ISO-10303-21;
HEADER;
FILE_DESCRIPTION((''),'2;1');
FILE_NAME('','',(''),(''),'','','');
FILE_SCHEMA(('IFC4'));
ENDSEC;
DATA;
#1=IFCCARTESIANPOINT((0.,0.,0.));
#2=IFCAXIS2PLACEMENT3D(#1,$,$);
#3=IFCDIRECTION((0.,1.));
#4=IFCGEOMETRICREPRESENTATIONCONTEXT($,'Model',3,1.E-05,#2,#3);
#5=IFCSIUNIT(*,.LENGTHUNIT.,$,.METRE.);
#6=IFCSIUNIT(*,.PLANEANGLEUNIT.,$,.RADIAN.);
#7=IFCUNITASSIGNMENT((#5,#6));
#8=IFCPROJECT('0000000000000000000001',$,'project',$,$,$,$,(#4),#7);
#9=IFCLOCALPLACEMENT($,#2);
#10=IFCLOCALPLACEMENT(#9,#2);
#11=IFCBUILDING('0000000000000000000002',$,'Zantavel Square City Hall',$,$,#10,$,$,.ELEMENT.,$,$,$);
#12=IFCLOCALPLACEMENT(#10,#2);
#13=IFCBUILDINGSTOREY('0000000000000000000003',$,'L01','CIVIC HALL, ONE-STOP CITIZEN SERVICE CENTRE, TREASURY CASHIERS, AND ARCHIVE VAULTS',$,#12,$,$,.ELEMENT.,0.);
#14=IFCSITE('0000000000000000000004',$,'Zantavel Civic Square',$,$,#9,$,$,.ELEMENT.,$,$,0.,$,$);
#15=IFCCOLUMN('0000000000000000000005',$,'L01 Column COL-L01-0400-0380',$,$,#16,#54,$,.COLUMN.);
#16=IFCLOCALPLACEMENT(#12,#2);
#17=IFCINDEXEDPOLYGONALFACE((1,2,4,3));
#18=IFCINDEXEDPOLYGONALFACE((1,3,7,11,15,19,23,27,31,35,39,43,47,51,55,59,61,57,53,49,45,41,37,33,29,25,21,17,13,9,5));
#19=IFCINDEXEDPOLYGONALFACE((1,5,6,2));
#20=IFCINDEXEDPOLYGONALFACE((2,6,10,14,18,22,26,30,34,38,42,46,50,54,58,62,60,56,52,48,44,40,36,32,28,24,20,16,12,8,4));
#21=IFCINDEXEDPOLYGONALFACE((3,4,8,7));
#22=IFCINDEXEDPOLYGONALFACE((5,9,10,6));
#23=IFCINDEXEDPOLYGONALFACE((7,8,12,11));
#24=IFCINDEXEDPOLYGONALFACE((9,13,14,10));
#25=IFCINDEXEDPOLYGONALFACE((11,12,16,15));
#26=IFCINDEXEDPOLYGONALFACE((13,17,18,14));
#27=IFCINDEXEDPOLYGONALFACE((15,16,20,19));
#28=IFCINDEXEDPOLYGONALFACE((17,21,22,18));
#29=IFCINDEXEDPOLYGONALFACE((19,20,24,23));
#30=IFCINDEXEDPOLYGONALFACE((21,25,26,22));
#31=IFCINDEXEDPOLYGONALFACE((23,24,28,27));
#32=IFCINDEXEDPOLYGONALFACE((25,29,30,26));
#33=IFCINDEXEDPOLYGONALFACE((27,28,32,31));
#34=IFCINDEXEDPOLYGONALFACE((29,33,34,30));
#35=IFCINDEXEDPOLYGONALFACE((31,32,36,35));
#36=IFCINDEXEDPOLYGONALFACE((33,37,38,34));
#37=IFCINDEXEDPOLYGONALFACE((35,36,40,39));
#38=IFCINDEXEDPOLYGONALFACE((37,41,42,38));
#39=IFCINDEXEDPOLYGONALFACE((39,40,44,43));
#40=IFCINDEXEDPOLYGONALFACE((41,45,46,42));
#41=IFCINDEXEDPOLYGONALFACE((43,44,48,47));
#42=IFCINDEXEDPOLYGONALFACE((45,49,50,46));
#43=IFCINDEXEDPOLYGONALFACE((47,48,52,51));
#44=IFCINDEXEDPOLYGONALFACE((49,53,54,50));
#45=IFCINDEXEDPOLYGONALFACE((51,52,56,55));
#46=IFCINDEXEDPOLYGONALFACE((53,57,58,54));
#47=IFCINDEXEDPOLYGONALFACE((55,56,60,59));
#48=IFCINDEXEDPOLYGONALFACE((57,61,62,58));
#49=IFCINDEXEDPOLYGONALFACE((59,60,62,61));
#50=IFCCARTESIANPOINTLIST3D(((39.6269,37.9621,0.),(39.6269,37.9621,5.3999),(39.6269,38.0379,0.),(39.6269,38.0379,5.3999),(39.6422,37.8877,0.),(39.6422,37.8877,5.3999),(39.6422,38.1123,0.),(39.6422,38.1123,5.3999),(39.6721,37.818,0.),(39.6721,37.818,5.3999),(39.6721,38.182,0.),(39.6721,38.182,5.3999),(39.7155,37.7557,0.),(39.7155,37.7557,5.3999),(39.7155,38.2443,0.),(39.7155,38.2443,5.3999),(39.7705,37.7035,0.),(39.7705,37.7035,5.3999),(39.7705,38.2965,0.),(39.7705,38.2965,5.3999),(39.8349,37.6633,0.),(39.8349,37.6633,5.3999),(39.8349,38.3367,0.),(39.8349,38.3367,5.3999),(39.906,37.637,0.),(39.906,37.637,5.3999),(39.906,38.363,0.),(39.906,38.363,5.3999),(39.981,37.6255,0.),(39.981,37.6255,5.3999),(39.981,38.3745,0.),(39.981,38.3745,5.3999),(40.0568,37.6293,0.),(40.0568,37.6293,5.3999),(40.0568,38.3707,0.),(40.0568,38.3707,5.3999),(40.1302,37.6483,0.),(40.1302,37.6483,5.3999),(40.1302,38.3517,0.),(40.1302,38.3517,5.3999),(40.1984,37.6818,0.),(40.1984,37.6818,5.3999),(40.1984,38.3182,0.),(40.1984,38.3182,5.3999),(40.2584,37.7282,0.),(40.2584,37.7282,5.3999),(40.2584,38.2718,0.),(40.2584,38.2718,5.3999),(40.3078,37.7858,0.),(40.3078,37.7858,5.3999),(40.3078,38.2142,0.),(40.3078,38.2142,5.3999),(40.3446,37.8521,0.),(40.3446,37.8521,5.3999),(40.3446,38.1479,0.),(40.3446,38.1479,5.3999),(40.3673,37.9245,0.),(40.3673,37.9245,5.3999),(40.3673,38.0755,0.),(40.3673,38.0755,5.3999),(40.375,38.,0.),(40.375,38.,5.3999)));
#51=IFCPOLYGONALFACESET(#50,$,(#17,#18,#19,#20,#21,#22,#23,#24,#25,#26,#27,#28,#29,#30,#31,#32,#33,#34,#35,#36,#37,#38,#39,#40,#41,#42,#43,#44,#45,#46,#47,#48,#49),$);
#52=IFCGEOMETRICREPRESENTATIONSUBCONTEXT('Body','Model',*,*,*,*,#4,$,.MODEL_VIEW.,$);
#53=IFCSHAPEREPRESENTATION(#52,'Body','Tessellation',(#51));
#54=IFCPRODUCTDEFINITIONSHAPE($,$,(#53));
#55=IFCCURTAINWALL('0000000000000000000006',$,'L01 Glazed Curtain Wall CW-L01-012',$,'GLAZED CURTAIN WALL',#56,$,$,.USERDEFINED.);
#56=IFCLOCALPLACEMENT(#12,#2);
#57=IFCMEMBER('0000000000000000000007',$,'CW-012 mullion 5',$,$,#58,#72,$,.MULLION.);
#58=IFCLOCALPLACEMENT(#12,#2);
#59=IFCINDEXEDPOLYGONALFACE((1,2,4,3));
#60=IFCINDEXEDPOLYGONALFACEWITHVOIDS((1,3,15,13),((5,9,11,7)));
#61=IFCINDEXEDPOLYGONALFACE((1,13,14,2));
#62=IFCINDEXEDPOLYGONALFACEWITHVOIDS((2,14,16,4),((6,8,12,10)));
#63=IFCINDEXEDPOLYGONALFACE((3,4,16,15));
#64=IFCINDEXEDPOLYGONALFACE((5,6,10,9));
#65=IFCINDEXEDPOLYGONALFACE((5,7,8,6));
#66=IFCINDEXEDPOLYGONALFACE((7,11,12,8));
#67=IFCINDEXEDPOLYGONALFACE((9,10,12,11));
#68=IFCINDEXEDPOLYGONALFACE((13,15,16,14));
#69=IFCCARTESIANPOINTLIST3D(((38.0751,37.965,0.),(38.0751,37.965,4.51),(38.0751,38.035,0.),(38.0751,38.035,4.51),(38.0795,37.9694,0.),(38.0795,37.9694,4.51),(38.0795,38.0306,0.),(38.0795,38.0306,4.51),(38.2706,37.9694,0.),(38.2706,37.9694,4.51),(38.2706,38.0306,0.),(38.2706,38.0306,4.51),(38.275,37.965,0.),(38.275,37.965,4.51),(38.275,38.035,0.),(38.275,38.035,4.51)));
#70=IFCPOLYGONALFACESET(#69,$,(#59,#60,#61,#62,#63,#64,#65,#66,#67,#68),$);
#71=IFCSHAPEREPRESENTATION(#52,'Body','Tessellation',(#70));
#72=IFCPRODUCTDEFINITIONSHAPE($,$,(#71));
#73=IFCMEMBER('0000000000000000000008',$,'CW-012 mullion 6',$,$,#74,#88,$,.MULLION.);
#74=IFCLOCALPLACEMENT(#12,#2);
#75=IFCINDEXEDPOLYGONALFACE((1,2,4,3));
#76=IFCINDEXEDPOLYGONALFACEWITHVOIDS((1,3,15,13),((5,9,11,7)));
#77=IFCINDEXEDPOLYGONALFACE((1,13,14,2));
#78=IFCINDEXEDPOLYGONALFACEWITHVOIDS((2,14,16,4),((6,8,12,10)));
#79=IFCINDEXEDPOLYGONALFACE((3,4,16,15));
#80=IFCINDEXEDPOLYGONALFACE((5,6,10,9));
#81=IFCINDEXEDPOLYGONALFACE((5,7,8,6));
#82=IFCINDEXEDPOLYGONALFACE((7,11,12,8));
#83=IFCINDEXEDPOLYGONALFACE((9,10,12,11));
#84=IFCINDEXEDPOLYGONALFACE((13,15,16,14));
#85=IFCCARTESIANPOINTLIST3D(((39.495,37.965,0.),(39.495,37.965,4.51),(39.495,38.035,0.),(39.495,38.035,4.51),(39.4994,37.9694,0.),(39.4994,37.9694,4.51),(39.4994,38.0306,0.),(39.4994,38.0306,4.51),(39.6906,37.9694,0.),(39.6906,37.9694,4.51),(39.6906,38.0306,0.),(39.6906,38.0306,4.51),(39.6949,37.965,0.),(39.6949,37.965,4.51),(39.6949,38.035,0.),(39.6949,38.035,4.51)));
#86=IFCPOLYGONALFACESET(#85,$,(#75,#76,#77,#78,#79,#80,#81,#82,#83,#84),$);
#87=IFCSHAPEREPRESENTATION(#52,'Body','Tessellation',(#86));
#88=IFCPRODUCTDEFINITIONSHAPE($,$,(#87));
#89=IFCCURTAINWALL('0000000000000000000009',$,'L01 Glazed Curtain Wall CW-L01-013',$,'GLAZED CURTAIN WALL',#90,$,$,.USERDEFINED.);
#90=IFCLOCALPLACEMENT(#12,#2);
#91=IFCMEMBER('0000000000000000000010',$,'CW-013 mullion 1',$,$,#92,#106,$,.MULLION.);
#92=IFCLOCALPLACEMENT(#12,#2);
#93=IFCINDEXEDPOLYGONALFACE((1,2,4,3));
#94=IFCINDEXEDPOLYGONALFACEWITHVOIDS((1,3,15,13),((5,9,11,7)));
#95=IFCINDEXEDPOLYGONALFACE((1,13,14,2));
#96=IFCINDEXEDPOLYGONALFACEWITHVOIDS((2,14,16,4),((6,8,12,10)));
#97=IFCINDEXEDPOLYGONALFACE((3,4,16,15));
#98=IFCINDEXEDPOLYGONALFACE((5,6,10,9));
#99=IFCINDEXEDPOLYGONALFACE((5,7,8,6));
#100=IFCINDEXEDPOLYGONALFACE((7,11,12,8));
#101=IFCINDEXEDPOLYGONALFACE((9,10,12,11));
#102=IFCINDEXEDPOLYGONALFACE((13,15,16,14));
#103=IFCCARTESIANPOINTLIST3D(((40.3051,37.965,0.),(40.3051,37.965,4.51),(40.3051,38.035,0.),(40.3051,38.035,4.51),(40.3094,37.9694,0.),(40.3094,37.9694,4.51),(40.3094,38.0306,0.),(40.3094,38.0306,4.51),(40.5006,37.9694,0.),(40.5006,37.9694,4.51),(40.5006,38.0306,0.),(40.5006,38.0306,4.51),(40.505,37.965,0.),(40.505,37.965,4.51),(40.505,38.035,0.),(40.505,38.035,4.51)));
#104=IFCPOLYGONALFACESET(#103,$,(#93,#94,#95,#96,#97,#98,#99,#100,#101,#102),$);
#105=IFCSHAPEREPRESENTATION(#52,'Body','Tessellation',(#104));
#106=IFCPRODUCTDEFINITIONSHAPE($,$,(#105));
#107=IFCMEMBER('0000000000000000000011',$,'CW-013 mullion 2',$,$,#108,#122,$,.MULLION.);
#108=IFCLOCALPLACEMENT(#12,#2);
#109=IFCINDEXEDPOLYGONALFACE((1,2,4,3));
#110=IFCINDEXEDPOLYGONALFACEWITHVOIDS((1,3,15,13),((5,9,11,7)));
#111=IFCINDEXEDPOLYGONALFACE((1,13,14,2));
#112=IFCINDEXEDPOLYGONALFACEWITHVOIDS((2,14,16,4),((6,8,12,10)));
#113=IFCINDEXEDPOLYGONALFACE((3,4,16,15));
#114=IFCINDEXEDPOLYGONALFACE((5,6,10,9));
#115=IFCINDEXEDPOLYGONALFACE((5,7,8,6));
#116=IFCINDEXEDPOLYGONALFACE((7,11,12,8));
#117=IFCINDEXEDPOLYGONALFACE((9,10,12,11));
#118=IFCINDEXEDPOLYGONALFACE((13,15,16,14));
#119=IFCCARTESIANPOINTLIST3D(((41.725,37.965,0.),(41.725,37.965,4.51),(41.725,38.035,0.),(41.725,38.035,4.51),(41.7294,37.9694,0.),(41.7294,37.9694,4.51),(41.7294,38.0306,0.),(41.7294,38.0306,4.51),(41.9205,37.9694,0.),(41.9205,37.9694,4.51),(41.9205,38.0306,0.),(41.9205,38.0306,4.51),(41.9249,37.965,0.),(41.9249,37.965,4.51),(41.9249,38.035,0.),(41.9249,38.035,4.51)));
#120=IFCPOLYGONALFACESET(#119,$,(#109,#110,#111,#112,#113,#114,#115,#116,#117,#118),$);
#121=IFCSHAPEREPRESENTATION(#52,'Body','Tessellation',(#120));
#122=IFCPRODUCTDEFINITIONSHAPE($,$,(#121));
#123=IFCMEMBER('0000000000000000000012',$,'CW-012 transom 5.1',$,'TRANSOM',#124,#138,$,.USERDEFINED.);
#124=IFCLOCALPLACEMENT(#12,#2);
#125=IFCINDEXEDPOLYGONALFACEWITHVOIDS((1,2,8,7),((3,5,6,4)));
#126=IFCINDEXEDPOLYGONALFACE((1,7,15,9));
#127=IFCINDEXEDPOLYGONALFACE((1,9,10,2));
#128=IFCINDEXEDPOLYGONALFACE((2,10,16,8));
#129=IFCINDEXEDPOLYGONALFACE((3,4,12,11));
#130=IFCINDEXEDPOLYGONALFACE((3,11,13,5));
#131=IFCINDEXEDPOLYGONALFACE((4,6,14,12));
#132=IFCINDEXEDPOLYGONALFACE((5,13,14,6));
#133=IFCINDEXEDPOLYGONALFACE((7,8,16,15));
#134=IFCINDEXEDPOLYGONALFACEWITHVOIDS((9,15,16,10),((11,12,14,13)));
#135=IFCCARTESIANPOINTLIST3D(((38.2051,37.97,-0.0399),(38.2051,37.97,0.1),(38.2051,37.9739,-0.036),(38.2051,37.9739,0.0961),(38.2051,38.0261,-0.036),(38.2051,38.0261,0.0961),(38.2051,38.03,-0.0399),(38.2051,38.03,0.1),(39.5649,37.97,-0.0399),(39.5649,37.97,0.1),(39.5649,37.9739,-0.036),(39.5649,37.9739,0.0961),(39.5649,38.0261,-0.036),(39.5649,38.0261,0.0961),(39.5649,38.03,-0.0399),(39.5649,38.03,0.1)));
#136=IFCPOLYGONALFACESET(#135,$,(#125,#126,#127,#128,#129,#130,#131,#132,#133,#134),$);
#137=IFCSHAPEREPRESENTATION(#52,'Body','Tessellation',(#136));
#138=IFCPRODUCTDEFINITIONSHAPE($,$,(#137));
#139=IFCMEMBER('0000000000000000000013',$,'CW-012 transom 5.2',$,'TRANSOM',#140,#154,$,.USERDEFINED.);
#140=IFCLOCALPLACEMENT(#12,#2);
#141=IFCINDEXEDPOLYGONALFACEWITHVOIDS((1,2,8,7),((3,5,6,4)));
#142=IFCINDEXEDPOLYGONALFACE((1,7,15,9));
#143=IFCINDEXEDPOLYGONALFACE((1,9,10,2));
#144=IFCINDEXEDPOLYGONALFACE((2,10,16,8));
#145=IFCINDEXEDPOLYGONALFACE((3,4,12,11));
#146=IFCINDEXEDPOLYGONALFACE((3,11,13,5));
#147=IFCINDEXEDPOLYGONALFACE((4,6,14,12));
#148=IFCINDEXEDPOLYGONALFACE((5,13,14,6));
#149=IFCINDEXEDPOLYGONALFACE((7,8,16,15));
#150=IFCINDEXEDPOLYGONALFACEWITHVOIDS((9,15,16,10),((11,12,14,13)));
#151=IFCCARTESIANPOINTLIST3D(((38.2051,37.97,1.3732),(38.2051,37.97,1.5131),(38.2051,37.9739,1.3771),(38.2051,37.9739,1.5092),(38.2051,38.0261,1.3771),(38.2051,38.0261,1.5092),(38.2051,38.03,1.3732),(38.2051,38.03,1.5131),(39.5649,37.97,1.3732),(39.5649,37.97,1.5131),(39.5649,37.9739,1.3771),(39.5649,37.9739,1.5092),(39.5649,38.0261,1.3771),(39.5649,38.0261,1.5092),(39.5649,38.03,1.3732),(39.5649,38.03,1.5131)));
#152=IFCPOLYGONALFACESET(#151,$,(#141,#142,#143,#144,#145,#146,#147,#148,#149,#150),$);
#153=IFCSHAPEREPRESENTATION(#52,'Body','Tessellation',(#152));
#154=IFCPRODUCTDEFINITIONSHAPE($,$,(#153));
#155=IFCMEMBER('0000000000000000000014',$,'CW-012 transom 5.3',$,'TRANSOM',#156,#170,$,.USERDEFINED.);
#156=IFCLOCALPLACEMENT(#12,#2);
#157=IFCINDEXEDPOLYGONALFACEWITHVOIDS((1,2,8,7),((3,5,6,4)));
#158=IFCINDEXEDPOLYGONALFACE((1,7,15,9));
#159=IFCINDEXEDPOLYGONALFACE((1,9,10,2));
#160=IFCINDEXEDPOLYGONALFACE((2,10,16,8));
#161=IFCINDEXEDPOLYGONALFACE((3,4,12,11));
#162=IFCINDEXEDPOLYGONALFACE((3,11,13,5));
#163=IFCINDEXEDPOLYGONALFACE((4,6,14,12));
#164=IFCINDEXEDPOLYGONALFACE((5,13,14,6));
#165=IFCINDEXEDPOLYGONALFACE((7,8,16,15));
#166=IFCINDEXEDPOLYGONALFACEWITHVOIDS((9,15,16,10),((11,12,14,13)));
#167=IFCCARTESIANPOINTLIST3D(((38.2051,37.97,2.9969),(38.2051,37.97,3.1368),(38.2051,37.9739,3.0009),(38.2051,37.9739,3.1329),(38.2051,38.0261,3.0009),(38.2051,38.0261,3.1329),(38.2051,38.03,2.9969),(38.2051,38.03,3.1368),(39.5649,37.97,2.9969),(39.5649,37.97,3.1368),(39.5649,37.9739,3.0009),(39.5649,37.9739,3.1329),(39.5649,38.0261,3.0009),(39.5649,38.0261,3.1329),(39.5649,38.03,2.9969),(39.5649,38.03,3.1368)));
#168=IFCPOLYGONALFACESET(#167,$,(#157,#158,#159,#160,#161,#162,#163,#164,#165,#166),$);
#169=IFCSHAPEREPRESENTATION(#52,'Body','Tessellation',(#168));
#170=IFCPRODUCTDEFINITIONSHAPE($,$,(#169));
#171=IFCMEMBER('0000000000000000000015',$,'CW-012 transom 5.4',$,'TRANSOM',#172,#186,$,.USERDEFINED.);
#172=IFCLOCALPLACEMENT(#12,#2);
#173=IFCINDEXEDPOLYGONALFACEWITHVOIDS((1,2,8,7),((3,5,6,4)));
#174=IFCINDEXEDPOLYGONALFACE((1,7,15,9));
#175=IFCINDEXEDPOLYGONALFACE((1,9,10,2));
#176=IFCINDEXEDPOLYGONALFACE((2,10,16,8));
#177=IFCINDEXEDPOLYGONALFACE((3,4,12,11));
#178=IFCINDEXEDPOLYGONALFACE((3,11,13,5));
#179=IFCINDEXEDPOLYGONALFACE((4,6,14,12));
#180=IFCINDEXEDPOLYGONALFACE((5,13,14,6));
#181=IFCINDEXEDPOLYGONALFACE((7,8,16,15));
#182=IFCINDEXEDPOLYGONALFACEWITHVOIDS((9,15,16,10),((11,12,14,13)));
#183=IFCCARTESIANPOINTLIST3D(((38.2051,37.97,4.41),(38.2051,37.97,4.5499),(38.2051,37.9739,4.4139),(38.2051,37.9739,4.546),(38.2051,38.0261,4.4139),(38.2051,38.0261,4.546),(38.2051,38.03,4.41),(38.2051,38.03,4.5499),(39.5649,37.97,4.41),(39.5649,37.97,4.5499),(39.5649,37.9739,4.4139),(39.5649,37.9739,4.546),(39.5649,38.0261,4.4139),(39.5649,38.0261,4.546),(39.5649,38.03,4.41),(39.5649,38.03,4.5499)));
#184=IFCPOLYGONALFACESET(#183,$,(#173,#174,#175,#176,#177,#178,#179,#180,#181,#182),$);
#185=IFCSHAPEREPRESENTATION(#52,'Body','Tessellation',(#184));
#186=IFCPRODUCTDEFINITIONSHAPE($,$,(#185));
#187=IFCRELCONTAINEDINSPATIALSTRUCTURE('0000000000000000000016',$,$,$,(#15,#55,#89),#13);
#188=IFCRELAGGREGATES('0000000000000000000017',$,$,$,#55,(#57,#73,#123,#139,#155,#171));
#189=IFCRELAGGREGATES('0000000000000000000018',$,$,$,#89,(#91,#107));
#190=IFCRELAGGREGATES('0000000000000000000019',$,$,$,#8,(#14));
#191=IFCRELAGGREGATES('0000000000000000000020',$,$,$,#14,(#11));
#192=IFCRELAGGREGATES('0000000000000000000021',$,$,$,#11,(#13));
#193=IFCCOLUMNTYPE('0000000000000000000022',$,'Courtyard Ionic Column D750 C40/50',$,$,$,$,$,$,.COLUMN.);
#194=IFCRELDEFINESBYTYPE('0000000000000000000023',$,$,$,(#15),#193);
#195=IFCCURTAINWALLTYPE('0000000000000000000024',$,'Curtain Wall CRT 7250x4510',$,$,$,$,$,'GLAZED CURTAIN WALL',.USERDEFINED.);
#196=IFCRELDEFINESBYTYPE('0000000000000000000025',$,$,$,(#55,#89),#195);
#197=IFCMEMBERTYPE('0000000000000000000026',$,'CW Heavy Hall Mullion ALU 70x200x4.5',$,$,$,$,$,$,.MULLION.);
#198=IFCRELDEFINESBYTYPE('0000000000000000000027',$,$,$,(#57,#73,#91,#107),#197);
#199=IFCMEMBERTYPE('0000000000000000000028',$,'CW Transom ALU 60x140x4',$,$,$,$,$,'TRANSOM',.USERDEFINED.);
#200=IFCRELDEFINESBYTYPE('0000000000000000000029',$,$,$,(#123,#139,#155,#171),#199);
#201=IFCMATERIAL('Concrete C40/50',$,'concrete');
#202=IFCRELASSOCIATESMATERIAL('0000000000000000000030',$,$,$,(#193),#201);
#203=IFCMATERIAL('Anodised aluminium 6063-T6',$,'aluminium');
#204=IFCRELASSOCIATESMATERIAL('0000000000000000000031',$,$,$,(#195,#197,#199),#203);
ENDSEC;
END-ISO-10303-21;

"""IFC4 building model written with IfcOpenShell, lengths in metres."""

from ifc_helpers import new_model, si_unit, direction, frame, origin, origin_2d, place, context, subcontext, project, spatial, hollow_rectangle, circle, extrude, material, material_profile, profile_set, type_object, element, aggregate, save


model = new_model("IFC4")

# Units and contexts
model_context = context("Model", 3, precision=1e-05, world=origin(), true_north=direction((0.0, 1.0)))
body_context = subcontext(model_context, "Body", "Model", "MODEL_VIEW")
ifc_project = project(units=[si_unit("LENGTHUNIT", "METRE"), si_unit("PLANEANGLEUNIT", "RADIAN")], contexts=[model_context])

# Site, building, storey
site_placement = place(None, origin())
site = spatial("IfcSite", under=ifc_project, at=site_placement, Name="Zantavel Civic Square", CompositionType="ELEMENT", RefElevation=0.0)
building_placement = place(site_placement, origin())
building = spatial("IfcBuilding", under=site, at=building_placement, Name="Zantavel Square City Hall", CompositionType="ELEMENT")
storey_placement = place(building_placement, origin())
storey = spatial("IfcBuildingStorey", under=building, at=storey_placement, Name="L01", Description="CIVIC HALL, ONE-STOP CITIZEN SERVICE CENTRE, TREASURY CASHIERS, AND ARCHIVE VAULTS", CompositionType="ELEMENT", Elevation=0.0)

# Column
ifc_material_1 = material(Name="Concrete C40/50", Category="concrete")
ifc_material_profile_1 = material_profile(ifc_material_1, circle(Radius=0.375, at=origin_2d()), Name="ROUND D750")
ifc_profile_set_1 = profile_set([ifc_material_profile_1], Name="Concrete C40/50")
column_type = type_object("IfcColumnType", Name="Courtyard Ionic Column D750 C40/50", PredefinedType="COLUMN", material=ifc_profile_set_1)
column_placement = place(storey_placement, frame((40.0, 38.0, 0.0), z_axis=(0.0, 0.0, 1.0), x_axis=(1.0, 0.0, 0.0)))
element("IfcColumn", 1, at=column_placement, inside=storey, type_object=column_type, Name="L01 Column COL-L01-0400-0380", PredefinedType="COLUMN", context=body_context, shape_type="SweptSolid", body=[
    extrude(circle(Radius=0.375, at=origin_2d()), origin(), (0.0, 0.0, 1.0), 5.3999),
])

# Curtain walls, members
ifc_material_2 = material(Name="Anodised aluminium 6063-T6", Category="aluminium")
curtain_wall_type = type_object("IfcCurtainWallType", Name="Curtain Wall CRT 7250x4510", ElementType="GLAZED CURTAIN WALL", PredefinedType="USERDEFINED", material=ifc_material_2)
curtain_wall_1_placement = place(storey_placement, origin())
curtain_wall_1 = element("IfcCurtainWall", 2, at=curtain_wall_1_placement, inside=storey, type_object=curtain_wall_type, Name="L01 Glazed Curtain Wall CW-L01-012", ObjectType="GLAZED CURTAIN WALL", PredefinedType="USERDEFINED")
ifc_material_profile_2 = material_profile(ifc_material_2, hollow_rectangle(XDim=0.0701, YDim=0.2, WallThickness=0.0044, at=origin_2d()), Name="ALU 70x200x4.5")
ifc_profile_set_2 = profile_set([ifc_material_profile_2], Name="Anodised aluminium 6063-T6")
member_type_1 = type_object("IfcMemberType", Name="CW Heavy Hall Mullion ALU 70x200x4.5", PredefinedType="MULLION", material=ifc_profile_set_2)
member_1_placement = place(storey_placement, frame((38.175, 38.0, 0.0), z_axis=(0.0, 0.0, 1.0), x_axis=(0.0, 1.0, 0.0)))
member_1 = element("IfcMember", 3, at=member_1_placement, type_object=member_type_1, Name="CW-012 mullion 5", PredefinedType="MULLION", context=body_context, shape_type="SweptSolid", body=[
    extrude(hollow_rectangle(XDim=0.0701, YDim=0.2, WallThickness=0.0044, at=origin_2d()), origin(), (0.0, 0.0, 1.0), 4.51),
])
member_2_placement = place(storey_placement, frame((39.595, 38.0, 0.0), z_axis=(0.0, 0.0, 1.0), x_axis=(0.0, 1.0, 0.0)))
member_2 = element("IfcMember", 4, at=member_2_placement, type_object=member_type_1, Name="CW-012 mullion 6", PredefinedType="MULLION", context=body_context, shape_type="SweptSolid", body=[
    extrude(hollow_rectangle(XDim=0.0701, YDim=0.2, WallThickness=0.0044, at=origin_2d()), origin(), (0.0, 0.0, 1.0), 4.51),
])
curtain_wall_2_placement = place(storey_placement, origin())
curtain_wall_2 = element("IfcCurtainWall", 5, at=curtain_wall_2_placement, inside=storey, type_object=curtain_wall_type, Name="L01 Glazed Curtain Wall CW-L01-013", ObjectType="GLAZED CURTAIN WALL", PredefinedType="USERDEFINED")
member_3_placement = place(storey_placement, frame((40.405, 38.0, 0.0), z_axis=(0.0, 0.0, 1.0), x_axis=(0.0, 1.0, 0.0)))
member_3 = element("IfcMember", 6, at=member_3_placement, type_object=member_type_1, Name="CW-013 mullion 1", PredefinedType="MULLION", context=body_context, shape_type="SweptSolid", body=[
    extrude(hollow_rectangle(XDim=0.0701, YDim=0.2, WallThickness=0.0044, at=origin_2d()), origin(), (0.0, 0.0, 1.0), 4.51),
])
member_4_placement = place(storey_placement, frame((41.825, 38.0, 0.0), z_axis=(0.0, 0.0, 1.0), x_axis=(0.0, 1.0, 0.0)))
member_4 = element("IfcMember", 7, at=member_4_placement, type_object=member_type_1, Name="CW-013 mullion 2", PredefinedType="MULLION", context=body_context, shape_type="SweptSolid", body=[
    extrude(hollow_rectangle(XDim=0.0701, YDim=0.2, WallThickness=0.0044, at=origin_2d()), origin(), (0.0, 0.0, 1.0), 4.51),
])

# Members
ifc_material_profile_3 = material_profile(ifc_material_2, hollow_rectangle(XDim=0.0601, YDim=0.1399, WallThickness=0.0039, at=origin_2d()), Name="ALU 60x140x4")
ifc_profile_set_3 = profile_set([ifc_material_profile_3], Name="Anodised aluminium 6063-T6")
member_type_2 = type_object("IfcMemberType", Name="CW Transom ALU 60x140x4", ElementType="TRANSOM", PredefinedType="USERDEFINED", material=ifc_profile_set_3)
member_5_placement = place(storey_placement, frame((38.2051, 38.0, 0.03), z_axis=(1.0, 0.0, 0.0), x_axis=(0.0, 1.0, 0.0)))
member_5 = element("IfcMember", 8, at=member_5_placement, type_object=member_type_2, Name="CW-012 transom 5.1", ObjectType="TRANSOM", PredefinedType="USERDEFINED", context=body_context, shape_type="SweptSolid", body=[
    extrude(hollow_rectangle(XDim=0.0601, YDim=0.1399, WallThickness=0.0039, at=origin_2d()), origin(), (0.0, 0.0, 1.0), 1.3599),
])
member_6_placement = place(storey_placement, frame((38.2051, 38.0, 1.4431), z_axis=(1.0, 0.0, 0.0), x_axis=(0.0, 1.0, 0.0)))
member_6 = element("IfcMember", 9, at=member_6_placement, type_object=member_type_2, Name="CW-012 transom 5.2", ObjectType="TRANSOM", PredefinedType="USERDEFINED", context=body_context, shape_type="SweptSolid", body=[
    extrude(hollow_rectangle(XDim=0.0601, YDim=0.1399, WallThickness=0.0039, at=origin_2d()), origin(), (0.0, 0.0, 1.0), 1.3599),
])
member_7_placement = place(storey_placement, frame((38.2051, 38.0, 3.0669), z_axis=(1.0, 0.0, 0.0), x_axis=(0.0, 1.0, 0.0)))
member_7 = element("IfcMember", 10, at=member_7_placement, type_object=member_type_2, Name="CW-012 transom 5.3", ObjectType="TRANSOM", PredefinedType="USERDEFINED", context=body_context, shape_type="SweptSolid", body=[
    extrude(hollow_rectangle(XDim=0.0601, YDim=0.1399, WallThickness=0.0039, at=origin_2d()), origin(), (0.0, 0.0, 1.0), 1.3599),
])
member_8_placement = place(storey_placement, frame((38.2051, 38.0, 4.48), z_axis=(1.0, 0.0, 0.0), x_axis=(0.0, 1.0, 0.0)))
member_8 = element("IfcMember", 11, at=member_8_placement, type_object=member_type_2, Name="CW-012 transom 5.4", ObjectType="TRANSOM", PredefinedType="USERDEFINED", context=body_context, shape_type="SweptSolid", body=[
    extrude(hollow_rectangle(XDim=0.0601, YDim=0.1399, WallThickness=0.0039, at=origin_2d()), origin(), (0.0, 0.0, 1.0), 1.3599),
])

aggregate(curtain_wall_1, [member_1, member_2, member_5, member_6, member_7, member_8])
aggregate(curtain_wall_2, [member_3, member_4])

save(model, "model.ifc")
